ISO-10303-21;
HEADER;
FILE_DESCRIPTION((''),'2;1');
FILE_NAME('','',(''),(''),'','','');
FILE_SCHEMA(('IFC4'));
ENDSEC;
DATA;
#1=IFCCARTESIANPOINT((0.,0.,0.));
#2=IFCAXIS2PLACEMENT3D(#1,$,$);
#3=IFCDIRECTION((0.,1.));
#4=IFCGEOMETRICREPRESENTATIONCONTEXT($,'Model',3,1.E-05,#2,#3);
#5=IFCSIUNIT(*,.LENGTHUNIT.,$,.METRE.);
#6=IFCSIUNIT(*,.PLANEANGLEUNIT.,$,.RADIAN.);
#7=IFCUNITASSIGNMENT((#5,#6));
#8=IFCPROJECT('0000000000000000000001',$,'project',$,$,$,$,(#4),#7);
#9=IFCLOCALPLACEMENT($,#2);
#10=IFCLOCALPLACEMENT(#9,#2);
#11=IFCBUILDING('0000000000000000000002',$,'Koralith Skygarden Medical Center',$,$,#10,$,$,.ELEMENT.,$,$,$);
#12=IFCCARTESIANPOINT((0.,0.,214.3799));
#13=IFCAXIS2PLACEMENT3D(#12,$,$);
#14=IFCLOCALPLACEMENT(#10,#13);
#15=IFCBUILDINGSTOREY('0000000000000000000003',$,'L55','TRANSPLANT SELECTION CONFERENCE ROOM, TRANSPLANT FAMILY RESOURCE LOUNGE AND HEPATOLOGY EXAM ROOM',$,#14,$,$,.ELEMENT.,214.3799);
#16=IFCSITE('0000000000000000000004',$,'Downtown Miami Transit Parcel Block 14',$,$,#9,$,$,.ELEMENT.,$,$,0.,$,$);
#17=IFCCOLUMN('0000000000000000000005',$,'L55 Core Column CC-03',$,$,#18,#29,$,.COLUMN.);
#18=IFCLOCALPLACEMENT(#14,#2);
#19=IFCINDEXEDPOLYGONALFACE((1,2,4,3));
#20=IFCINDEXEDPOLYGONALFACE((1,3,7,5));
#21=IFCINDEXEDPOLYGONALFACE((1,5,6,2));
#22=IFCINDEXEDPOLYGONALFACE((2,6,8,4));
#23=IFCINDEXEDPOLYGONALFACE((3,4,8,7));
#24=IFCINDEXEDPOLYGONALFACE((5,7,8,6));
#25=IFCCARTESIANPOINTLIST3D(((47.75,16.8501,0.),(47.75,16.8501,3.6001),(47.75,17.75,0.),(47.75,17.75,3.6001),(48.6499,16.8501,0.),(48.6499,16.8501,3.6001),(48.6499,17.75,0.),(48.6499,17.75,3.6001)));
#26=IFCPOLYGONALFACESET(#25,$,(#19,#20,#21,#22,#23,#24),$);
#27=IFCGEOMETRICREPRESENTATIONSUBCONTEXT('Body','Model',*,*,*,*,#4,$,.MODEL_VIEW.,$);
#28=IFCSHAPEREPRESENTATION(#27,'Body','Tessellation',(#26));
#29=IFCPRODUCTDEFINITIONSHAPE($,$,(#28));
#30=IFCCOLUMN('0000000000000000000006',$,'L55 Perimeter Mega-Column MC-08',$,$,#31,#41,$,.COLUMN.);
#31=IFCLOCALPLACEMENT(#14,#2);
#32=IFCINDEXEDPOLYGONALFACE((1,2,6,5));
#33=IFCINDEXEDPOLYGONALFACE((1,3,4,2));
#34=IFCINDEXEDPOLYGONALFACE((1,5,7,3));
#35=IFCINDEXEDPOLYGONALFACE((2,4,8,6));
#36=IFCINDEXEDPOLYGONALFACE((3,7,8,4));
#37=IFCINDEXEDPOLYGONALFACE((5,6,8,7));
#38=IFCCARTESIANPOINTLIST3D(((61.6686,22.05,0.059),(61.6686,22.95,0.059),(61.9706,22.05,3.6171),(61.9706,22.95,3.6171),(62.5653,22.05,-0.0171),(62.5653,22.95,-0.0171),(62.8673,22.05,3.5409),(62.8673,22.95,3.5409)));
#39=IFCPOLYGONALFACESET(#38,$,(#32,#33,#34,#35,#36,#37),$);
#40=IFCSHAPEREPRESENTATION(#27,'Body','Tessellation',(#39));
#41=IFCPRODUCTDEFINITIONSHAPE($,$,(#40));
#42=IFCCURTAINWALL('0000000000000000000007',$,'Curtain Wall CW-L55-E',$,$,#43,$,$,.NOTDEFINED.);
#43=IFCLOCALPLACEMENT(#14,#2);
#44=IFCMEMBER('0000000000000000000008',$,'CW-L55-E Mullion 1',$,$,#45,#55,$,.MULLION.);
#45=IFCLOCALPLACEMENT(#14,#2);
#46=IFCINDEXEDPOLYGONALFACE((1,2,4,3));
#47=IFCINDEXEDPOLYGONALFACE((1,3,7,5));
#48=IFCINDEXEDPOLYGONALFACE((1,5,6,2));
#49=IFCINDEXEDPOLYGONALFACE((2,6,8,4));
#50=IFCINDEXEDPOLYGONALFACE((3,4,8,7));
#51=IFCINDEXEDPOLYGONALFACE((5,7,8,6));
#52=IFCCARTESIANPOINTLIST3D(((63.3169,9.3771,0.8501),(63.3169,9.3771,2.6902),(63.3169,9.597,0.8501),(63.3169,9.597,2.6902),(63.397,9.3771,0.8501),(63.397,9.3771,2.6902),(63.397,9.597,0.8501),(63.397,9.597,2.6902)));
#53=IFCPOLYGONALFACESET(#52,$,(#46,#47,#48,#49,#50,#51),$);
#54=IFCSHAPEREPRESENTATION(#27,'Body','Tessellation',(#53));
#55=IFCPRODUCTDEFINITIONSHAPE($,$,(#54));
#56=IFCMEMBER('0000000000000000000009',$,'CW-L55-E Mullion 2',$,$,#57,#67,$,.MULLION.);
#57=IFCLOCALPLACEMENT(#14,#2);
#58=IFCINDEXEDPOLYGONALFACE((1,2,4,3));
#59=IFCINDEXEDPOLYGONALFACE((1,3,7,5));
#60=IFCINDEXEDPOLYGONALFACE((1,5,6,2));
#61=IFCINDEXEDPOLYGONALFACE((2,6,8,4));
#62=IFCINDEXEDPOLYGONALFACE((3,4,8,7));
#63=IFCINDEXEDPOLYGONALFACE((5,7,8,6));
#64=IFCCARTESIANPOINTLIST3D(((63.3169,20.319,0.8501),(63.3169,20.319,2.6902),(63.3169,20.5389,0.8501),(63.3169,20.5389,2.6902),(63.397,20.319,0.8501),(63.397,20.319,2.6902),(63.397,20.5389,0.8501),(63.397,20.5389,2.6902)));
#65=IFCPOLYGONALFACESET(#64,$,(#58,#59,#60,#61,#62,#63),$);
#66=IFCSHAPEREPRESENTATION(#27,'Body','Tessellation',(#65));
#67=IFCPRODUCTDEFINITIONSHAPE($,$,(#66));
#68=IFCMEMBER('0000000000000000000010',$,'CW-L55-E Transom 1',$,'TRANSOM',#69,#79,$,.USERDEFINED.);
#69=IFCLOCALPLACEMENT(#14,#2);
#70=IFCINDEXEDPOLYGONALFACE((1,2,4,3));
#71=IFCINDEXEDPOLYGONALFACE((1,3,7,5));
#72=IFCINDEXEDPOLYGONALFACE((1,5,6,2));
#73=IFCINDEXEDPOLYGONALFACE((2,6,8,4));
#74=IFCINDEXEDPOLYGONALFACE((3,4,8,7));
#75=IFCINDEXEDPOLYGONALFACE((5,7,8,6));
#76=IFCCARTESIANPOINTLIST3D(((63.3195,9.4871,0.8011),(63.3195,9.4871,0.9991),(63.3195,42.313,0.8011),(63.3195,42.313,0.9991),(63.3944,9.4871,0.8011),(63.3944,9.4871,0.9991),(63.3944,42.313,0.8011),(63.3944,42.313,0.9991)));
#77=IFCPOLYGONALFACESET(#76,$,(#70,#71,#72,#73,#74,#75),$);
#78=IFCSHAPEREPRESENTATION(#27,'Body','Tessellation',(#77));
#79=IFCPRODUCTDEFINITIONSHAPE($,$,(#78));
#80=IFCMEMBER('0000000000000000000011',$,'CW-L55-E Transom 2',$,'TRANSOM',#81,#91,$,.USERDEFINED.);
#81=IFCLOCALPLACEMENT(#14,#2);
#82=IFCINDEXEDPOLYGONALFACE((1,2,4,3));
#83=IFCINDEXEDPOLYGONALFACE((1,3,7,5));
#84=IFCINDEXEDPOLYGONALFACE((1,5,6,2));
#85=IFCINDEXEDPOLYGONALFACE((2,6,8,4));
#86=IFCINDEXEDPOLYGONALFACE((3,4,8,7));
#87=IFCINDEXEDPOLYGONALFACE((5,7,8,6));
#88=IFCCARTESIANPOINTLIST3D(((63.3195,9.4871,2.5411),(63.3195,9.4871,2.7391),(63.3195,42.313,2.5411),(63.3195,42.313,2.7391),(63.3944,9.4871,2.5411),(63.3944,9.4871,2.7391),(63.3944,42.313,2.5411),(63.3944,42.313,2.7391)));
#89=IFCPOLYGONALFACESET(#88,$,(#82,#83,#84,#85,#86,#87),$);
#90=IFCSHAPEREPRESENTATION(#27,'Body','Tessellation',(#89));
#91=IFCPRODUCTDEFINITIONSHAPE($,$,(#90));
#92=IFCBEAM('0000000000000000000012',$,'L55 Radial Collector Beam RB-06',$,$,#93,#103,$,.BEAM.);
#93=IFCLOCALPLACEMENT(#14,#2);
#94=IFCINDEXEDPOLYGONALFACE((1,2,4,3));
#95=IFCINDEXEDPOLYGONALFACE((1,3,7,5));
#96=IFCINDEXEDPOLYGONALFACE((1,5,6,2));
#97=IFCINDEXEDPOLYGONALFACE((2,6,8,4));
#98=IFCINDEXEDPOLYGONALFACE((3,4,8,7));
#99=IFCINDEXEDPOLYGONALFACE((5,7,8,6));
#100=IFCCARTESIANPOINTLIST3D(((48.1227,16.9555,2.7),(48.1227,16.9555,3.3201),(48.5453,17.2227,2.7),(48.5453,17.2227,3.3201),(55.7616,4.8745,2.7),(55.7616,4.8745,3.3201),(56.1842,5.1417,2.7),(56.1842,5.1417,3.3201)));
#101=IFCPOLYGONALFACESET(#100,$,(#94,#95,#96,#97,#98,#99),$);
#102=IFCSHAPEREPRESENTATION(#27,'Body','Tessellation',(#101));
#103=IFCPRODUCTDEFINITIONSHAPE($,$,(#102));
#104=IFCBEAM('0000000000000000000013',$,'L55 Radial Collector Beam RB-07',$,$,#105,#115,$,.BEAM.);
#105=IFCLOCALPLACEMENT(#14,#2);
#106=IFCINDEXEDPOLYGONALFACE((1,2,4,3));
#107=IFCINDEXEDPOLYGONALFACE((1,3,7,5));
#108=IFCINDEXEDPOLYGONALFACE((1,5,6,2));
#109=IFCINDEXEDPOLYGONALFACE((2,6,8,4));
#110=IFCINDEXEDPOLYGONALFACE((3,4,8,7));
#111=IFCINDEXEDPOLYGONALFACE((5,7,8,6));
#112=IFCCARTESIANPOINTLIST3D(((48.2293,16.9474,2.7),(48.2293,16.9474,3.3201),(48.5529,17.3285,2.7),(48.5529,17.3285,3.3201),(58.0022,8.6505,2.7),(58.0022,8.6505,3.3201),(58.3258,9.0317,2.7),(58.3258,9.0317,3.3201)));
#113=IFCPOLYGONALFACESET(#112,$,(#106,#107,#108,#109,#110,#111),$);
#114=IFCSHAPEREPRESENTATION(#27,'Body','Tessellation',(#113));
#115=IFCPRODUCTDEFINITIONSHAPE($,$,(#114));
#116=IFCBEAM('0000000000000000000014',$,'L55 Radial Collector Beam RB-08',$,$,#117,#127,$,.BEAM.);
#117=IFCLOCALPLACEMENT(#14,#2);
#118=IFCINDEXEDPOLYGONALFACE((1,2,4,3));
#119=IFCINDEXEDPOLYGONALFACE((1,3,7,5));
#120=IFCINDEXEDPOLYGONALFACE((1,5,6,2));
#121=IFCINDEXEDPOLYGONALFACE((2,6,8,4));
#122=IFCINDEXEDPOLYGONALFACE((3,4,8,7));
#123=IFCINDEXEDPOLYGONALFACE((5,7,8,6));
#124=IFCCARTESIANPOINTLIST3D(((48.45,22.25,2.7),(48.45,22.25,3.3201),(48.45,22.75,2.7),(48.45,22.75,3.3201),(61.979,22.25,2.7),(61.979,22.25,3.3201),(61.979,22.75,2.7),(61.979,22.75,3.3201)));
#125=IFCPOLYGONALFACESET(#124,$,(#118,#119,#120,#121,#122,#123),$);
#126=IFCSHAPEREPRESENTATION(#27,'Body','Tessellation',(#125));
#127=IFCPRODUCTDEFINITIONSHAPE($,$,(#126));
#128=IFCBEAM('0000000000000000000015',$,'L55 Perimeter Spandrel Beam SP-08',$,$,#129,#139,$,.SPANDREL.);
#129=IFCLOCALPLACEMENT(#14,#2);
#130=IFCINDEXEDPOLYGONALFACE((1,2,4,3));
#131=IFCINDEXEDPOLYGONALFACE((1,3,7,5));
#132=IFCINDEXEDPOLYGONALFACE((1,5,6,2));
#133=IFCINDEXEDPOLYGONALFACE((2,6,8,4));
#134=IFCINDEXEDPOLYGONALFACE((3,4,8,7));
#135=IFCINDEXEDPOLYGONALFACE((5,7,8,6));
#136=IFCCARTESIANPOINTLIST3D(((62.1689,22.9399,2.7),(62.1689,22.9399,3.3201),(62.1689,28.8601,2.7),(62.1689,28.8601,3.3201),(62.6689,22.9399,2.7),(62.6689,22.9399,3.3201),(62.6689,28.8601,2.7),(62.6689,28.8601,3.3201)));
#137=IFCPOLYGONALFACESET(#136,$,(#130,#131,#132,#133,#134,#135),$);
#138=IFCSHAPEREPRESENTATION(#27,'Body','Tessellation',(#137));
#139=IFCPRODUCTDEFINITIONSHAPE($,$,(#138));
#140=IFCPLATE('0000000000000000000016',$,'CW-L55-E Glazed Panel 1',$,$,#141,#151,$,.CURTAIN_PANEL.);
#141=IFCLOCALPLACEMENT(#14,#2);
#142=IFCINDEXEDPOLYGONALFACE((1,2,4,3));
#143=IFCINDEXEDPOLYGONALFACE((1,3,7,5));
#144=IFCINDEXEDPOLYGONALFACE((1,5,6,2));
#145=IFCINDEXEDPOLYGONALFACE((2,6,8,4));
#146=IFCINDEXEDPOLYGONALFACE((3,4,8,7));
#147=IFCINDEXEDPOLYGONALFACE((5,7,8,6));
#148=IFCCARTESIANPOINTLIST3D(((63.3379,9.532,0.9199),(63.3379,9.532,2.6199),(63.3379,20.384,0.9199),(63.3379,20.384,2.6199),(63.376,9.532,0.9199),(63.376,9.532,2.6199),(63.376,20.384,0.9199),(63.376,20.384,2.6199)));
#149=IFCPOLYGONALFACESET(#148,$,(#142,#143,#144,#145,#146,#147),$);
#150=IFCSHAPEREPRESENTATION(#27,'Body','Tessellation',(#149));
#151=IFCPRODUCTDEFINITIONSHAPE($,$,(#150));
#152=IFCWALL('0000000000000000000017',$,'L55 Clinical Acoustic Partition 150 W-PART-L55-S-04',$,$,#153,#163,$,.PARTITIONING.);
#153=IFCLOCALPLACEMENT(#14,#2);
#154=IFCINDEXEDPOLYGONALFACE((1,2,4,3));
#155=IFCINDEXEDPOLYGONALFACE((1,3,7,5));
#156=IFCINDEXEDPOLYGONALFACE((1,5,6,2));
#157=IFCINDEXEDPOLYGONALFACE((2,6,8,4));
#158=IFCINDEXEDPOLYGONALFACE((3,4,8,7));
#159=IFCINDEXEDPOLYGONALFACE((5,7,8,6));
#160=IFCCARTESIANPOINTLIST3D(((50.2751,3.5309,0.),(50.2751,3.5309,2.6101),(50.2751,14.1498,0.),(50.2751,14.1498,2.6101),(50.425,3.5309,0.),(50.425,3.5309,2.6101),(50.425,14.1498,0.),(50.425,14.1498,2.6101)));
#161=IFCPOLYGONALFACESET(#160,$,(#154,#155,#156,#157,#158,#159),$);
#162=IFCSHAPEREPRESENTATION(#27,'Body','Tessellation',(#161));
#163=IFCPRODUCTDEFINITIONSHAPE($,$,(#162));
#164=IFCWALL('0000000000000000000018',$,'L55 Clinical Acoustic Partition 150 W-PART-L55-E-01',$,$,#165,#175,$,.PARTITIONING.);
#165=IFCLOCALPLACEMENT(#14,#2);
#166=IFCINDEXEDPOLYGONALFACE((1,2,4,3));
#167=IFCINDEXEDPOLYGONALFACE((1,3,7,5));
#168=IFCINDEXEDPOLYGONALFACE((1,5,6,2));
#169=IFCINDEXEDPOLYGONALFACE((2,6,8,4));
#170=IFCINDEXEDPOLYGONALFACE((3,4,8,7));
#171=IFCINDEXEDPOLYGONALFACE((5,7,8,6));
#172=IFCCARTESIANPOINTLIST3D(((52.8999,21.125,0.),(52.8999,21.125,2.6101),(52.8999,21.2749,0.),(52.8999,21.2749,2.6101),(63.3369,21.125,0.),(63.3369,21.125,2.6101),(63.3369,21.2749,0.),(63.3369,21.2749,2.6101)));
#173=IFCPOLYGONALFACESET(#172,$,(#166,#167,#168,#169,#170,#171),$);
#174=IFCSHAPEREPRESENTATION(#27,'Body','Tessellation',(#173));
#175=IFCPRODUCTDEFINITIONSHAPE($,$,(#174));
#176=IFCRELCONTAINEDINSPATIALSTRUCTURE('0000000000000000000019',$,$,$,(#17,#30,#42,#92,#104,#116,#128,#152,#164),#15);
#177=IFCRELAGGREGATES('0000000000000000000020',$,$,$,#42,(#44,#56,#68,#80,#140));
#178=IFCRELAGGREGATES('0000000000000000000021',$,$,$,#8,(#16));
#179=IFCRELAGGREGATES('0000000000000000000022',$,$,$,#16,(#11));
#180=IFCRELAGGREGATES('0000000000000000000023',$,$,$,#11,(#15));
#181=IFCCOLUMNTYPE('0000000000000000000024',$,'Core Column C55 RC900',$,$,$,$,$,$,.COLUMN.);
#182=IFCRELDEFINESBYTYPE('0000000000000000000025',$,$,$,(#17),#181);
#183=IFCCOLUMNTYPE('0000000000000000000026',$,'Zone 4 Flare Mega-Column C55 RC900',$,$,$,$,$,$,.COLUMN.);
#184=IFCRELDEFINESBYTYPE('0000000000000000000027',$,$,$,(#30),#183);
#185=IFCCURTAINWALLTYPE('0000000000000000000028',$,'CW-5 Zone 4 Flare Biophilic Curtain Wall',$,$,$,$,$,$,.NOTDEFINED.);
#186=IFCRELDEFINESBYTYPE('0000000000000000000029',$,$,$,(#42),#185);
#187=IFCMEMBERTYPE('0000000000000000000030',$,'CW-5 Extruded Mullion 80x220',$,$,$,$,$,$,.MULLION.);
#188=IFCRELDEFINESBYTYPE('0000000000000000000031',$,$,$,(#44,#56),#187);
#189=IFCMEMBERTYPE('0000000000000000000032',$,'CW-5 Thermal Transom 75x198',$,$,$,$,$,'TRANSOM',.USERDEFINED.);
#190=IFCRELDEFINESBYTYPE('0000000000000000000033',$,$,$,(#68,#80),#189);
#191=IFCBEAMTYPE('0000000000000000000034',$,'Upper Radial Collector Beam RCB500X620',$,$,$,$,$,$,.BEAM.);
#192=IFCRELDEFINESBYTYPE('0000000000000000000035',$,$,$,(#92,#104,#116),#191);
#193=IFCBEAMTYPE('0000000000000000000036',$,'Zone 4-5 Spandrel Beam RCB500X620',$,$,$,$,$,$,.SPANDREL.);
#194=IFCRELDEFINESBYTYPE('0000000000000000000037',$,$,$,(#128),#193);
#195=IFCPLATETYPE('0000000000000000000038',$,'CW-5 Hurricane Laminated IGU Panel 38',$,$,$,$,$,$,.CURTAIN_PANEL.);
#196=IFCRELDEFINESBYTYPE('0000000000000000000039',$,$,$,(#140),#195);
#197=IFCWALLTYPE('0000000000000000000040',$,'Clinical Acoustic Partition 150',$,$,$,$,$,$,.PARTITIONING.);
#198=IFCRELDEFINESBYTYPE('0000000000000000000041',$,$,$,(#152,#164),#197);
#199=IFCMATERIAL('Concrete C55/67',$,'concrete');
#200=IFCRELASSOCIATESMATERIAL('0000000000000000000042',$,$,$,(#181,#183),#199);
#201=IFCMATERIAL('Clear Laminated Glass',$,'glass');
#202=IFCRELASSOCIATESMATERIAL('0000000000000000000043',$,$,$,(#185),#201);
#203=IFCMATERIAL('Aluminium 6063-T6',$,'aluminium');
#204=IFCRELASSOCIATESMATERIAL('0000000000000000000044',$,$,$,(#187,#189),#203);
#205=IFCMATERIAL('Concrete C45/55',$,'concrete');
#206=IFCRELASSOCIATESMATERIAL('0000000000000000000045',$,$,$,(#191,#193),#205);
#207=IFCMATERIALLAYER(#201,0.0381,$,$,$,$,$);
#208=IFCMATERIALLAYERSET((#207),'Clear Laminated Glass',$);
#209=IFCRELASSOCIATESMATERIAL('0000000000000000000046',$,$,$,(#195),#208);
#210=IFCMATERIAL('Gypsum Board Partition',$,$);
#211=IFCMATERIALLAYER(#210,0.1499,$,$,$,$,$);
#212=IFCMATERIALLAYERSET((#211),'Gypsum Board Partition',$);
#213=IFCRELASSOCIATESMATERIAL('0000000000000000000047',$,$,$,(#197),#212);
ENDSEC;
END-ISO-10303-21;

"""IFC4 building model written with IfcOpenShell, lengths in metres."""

from ifc_helpers import new_model, si_unit, direction, frame, frame_2d, origin, origin_2d, place, context, subcontext, project, spatial, rectangle, extrude, material, layer, layer_set, material_profile, profile_set, type_object, element, aggregate, save


model = new_model("IFC4")

# Units and contexts
model_context = context("Model", 3, precision=1e-05, world=origin(), true_north=direction((0.0, 1.0)))
body_context = subcontext(model_context, "Body", "Model", "MODEL_VIEW")
ifc_project = project(units=[si_unit("LENGTHUNIT", "METRE"), si_unit("PLANEANGLEUNIT", "RADIAN")], contexts=[model_context])

# Site, building, storey
site_placement = place(None, origin())
site = spatial("IfcSite", under=ifc_project, at=site_placement, Name="Downtown Miami Transit Parcel Block 14", CompositionType="ELEMENT", RefElevation=0.0)
building_placement = place(site_placement, origin())
building = spatial("IfcBuilding", under=site, at=building_placement, Name="Koralith Skygarden Medical Center", CompositionType="ELEMENT")
storey_placement = place(building_placement, frame((0.0, 0.0, 214.3799)))
storey = spatial("IfcBuildingStorey", under=building, at=storey_placement, Name="L55", Description="TRANSPLANT SELECTION CONFERENCE ROOM, TRANSPLANT FAMILY RESOURCE LOUNGE AND HEPATOLOGY EXAM ROOM", CompositionType="ELEMENT", Elevation=214.3799)

# Columns
ifc_material_1 = material(Name="Concrete C55/67", Category="concrete")
ifc_material_profile_1 = material_profile(ifc_material_1, rectangle(XDim=0.8999, YDim=0.8999, at=origin_2d()), Name="RC900X900")
ifc_profile_set_1 = profile_set([ifc_material_profile_1], Name="Concrete C55/67")
column_type_1 = type_object("IfcColumnType", Name="Core Column C55 RC900", PredefinedType="COLUMN", material=ifc_profile_set_1)
column_1_placement = place(storey_placement, frame((48.2, 17.3, 0.0), z_axis=(0.0, 0.0, 1.0), x_axis=(1.0, 0.0, 0.0)))
element("IfcColumn", 1, at=column_1_placement, inside=storey, type_object=column_type_1, Name="L55 Core Column CC-03", PredefinedType="COLUMN", context=body_context, shape_type="SweptSolid", body=[
    extrude(rectangle(XDim=0.8999, YDim=0.8999, at=origin_2d()), origin(), (0.0, 0.0, 1.0), 3.6001),
])
ifc_material_profile_2 = material_profile(ifc_material_1, rectangle(XDim=0.8999, YDim=0.8999, at=origin_2d()), Name="RC900X900")
ifc_profile_set_2 = profile_set([ifc_material_profile_2], Name="Concrete C55/67")
column_type_2 = type_object("IfcColumnType", Name="Zone 4 Flare Mega-Column C55 RC900", PredefinedType="COLUMN", material=ifc_profile_set_2)
column_2_placement = place(storey_placement, frame((62.1169, 22.5, 0.021), z_axis=(0.084573, 0.0, 0.996417), x_axis=(0.0, 1.0, 0.0)))
element("IfcColumn", 2, at=column_2_placement, inside=storey, type_object=column_type_2, Name="L55 Perimeter Mega-Column MC-08", PredefinedType="COLUMN", context=body_context, shape_type="SweptSolid", body=[
    extrude(rectangle(XDim=0.8999, YDim=0.8999, at=origin_2d()), origin(), (0.0, 0.0, 1.0), 3.5708),
])

# Curtain wall, members
ifc_material_2 = material(Name="Clear Laminated Glass", Category="glass")
curtain_wall_type = type_object("IfcCurtainWallType", Name="CW-5 Zone 4 Flare Biophilic Curtain Wall", PredefinedType="NOTDEFINED", material=ifc_material_2)
curtain_wall_placement = place(storey_placement, origin())
curtain_wall = element("IfcCurtainWall", 3, at=curtain_wall_placement, inside=storey, type_object=curtain_wall_type, Name="Curtain Wall CW-L55-E", PredefinedType="NOTDEFINED")
ifc_material_3 = material(Name="Aluminium 6063-T6", Category="aluminium")
ifc_material_profile_3 = material_profile(ifc_material_3, rectangle(XDim=0.0801, YDim=0.22, at=origin_2d()), Name="MUL80X220")
ifc_profile_set_3 = profile_set([ifc_material_profile_3], Name="Aluminium 6063-T6")
member_type_1 = type_object("IfcMemberType", Name="CW-5 Extruded Mullion 80x220", PredefinedType="MULLION", material=ifc_profile_set_3)
member_1_placement = place(storey_placement, frame((63.3569, 9.4871, 0.8501), z_axis=(0.0, 0.0, 1.0), x_axis=(1.0, 0.0, 0.0)))
member_1 = element("IfcMember", 4, at=member_1_placement, type_object=member_type_1, Name="CW-L55-E Mullion 1", PredefinedType="MULLION", context=body_context, shape_type="SweptSolid", body=[
    extrude(rectangle(XDim=0.0801, YDim=0.22, at=origin_2d()), origin(), (0.0, 0.0, 1.0), 1.8401),
])
member_2_placement = place(storey_placement, frame((63.3569, 20.429, 0.8501), z_axis=(0.0, 0.0, 1.0), x_axis=(1.0, 0.0, 0.0)))
member_2 = element("IfcMember", 5, at=member_2_placement, type_object=member_type_1, Name="CW-L55-E Mullion 2", PredefinedType="MULLION", context=body_context, shape_type="SweptSolid", body=[
    extrude(rectangle(XDim=0.0801, YDim=0.22, at=origin_2d()), origin(), (0.0, 0.0, 1.0), 1.8401),
])
ifc_material_profile_4 = material_profile(ifc_material_3, rectangle(XDim=0.075, YDim=0.198, at=origin_2d()), Name="TRN75X198")
ifc_profile_set_4 = profile_set([ifc_material_profile_4], Name="Aluminium 6063-T6")
member_type_2 = type_object("IfcMemberType", Name="CW-5 Thermal Transom 75x198", ElementType="TRANSOM", PredefinedType="USERDEFINED", material=ifc_profile_set_4)
member_3_placement = place(storey_placement, frame((63.3569, 9.4871, 0.9001), z_axis=(0.0, 1.0, 0.0), x_axis=(-1.0, 0.0, 0.0)))
member_3 = element("IfcMember", 6, at=member_3_placement, type_object=member_type_2, Name="CW-L55-E Transom 1", ObjectType="TRANSOM", PredefinedType="USERDEFINED", context=body_context, shape_type="SweptSolid", body=[
    extrude(rectangle(XDim=0.075, YDim=0.198, at=origin_2d()), origin(), (0.0, 0.0, 1.0), 32.8259),
])
member_4_placement = place(storey_placement, frame((63.3569, 9.4871, 2.6401), z_axis=(0.0, 1.0, 0.0), x_axis=(-1.0, 0.0, 0.0)))
member_4 = element("IfcMember", 7, at=member_4_placement, type_object=member_type_2, Name="CW-L55-E Transom 2", ObjectType="TRANSOM", PredefinedType="USERDEFINED", context=body_context, shape_type="SweptSolid", body=[
    extrude(rectangle(XDim=0.075, YDim=0.198, at=origin_2d()), origin(), (0.0, 0.0, 1.0), 32.8259),
])

# Beams
ifc_material_4 = material(Name="Concrete C45/55", Category="concrete")
ifc_material_profile_5 = material_profile(ifc_material_4, rectangle(XDim=0.5, YDim=0.6201, at=origin_2d()), Name="RCB500X620")
ifc_profile_set_5 = profile_set([ifc_material_profile_5], Name="Concrete C45/55")
beam_type_1 = type_object("IfcBeamType", Name="Upper Radial Collector Beam RCB500X620", PredefinedType="BEAM", material=ifc_profile_set_5)
beam_1_placement = place(storey_placement, frame((48.334, 17.0891, 3.01), z_axis=(0.534432, -0.845212, 0.0), x_axis=(0.845212, 0.534432, 0.0)))
element("IfcBeam", 8, at=beam_1_placement, inside=storey, type_object=beam_type_1, Name="L55 Radial Collector Beam RB-06", PredefinedType="BEAM", context=body_context, shape_type="SweptSolid", body=[
    extrude(rectangle(XDim=0.5, YDim=0.6201, at=origin_2d()), origin(), (0.0, 0.0, 1.0), 14.2935),
])
beam_2_placement = place(storey_placement, frame((48.3911, 17.1379, 3.01), z_axis=(0.762329, -0.647189, 0.0), x_axis=(0.647189, 0.762329, 0.0)))
element("IfcBeam", 9, at=beam_2_placement, inside=storey, type_object=beam_type_1, Name="L55 Radial Collector Beam RB-07", PredefinedType="BEAM", context=body_context, shape_type="SweptSolid", body=[
    extrude(rectangle(XDim=0.5, YDim=0.6201, at=origin_2d()), origin(), (0.0, 0.0, 1.0), 12.8198),
])
beam_3_placement = place(storey_placement, frame((48.45, 22.5, 3.01), z_axis=(1.0, 0.0, 0.0), x_axis=(0.0, 1.0, 0.0)))
element("IfcBeam", 10, at=beam_3_placement, inside=storey, type_object=beam_type_1, Name="L55 Radial Collector Beam RB-08", PredefinedType="BEAM", context=body_context, shape_type="SweptSolid", body=[
    extrude(rectangle(XDim=0.5, YDim=0.6201, at=origin_2d()), origin(), (0.0, 0.0, 1.0), 13.5291),
])
ifc_material_profile_6 = material_profile(ifc_material_4, rectangle(XDim=0.5, YDim=0.6201, at=origin_2d()), Name="RCB500X620")
ifc_profile_set_6 = profile_set([ifc_material_profile_6], Name="Concrete C45/55")
beam_type_2 = type_object("IfcBeamType", Name="Zone 4-5 Spandrel Beam RCB500X620", PredefinedType="SPANDREL", material=ifc_profile_set_6)
beam_4_placement = place(storey_placement, frame((62.4189, 22.9399, 3.01), z_axis=(0.0, 1.0, 0.0), x_axis=(-1.0, 0.0, 0.0)))
element("IfcBeam", 11, at=beam_4_placement, inside=storey, type_object=beam_type_2, Name="L55 Perimeter Spandrel Beam SP-08", PredefinedType="SPANDREL", context=body_context, shape_type="SweptSolid", body=[
    extrude(rectangle(XDim=0.5, YDim=0.6201, at=origin_2d()), origin(), (0.0, 0.0, 1.0), 5.9202),
])

# Plate
ifc_layer_1 = layer(ifc_material_2, 0.0381)
ifc_layer_set_1 = layer_set([ifc_layer_1], Name="Clear Laminated Glass")
plate_type = type_object("IfcPlateType", Name="CW-5 Hurricane Laminated IGU Panel 38", PredefinedType="CURTAIN_PANEL", material=ifc_layer_set_1)
plate_placement = place(storey_placement, frame((63.3569, 14.958, 0.9199), z_axis=(0.0, 0.0, 1.0), x_axis=(0.0, 1.0, 0.0)))
plate = element("IfcPlate", 12, at=plate_placement, type_object=plate_type, Name="CW-L55-E Glazed Panel 1", PredefinedType="CURTAIN_PANEL", context=body_context, shape_type="SweptSolid", body=[
    extrude(rectangle(XDim=10.8521, YDim=0.0381, at=origin_2d()), origin(), (0.0, 0.0, 1.0), 1.7),
])
aggregate(curtain_wall, [member_1, member_2, member_3, member_4, plate])

# Walls
ifc_material_5 = material(Name="Gypsum Board Partition")
ifc_layer_2 = layer(ifc_material_5, 0.1499)
ifc_layer_set_2 = layer_set([ifc_layer_2], Name="Gypsum Board Partition")
wall_type_1 = type_object("IfcWallType", Name="Clinical Acoustic Partition 150", PredefinedType="PARTITIONING", material=ifc_layer_set_2)
wall_1_placement = place(storey_placement, frame((50.3501, 14.1499, 0.0), z_axis=(0.0, 0.0, 1.0), x_axis=(0.0, -1.0, 0.0)))
element("IfcWall", 13, at=wall_1_placement, inside=storey, type_object=wall_type_1, Name="L55 Clinical Acoustic Partition 150 W-PART-L55-S-04", PredefinedType="PARTITIONING", context=body_context, shape_type="SweptSolid", body=[
    extrude(rectangle(XDim=10.6189, YDim=0.1499, at=frame_2d((5.3096, 0.0))), origin(), (0.0, 0.0, 1.0), 2.6101),
])
wall_2_placement = place(storey_placement, frame((52.8999, 21.2, 0.0), z_axis=(0.0, 0.0, 1.0), x_axis=(1.0, 0.0, 0.0)))
element("IfcWall", 14, at=wall_2_placement, inside=storey, type_object=wall_type_1, Name="L55 Clinical Acoustic Partition 150 W-PART-L55-E-01", PredefinedType="PARTITIONING", context=body_context, shape_type="SweptSolid", body=[
    extrude(rectangle(XDim=10.437, YDim=0.1499, at=frame_2d((5.2185, 0.0))), origin(), (0.0, 0.0, 1.0), 2.6101),
])

save(model, "model.ifc")
